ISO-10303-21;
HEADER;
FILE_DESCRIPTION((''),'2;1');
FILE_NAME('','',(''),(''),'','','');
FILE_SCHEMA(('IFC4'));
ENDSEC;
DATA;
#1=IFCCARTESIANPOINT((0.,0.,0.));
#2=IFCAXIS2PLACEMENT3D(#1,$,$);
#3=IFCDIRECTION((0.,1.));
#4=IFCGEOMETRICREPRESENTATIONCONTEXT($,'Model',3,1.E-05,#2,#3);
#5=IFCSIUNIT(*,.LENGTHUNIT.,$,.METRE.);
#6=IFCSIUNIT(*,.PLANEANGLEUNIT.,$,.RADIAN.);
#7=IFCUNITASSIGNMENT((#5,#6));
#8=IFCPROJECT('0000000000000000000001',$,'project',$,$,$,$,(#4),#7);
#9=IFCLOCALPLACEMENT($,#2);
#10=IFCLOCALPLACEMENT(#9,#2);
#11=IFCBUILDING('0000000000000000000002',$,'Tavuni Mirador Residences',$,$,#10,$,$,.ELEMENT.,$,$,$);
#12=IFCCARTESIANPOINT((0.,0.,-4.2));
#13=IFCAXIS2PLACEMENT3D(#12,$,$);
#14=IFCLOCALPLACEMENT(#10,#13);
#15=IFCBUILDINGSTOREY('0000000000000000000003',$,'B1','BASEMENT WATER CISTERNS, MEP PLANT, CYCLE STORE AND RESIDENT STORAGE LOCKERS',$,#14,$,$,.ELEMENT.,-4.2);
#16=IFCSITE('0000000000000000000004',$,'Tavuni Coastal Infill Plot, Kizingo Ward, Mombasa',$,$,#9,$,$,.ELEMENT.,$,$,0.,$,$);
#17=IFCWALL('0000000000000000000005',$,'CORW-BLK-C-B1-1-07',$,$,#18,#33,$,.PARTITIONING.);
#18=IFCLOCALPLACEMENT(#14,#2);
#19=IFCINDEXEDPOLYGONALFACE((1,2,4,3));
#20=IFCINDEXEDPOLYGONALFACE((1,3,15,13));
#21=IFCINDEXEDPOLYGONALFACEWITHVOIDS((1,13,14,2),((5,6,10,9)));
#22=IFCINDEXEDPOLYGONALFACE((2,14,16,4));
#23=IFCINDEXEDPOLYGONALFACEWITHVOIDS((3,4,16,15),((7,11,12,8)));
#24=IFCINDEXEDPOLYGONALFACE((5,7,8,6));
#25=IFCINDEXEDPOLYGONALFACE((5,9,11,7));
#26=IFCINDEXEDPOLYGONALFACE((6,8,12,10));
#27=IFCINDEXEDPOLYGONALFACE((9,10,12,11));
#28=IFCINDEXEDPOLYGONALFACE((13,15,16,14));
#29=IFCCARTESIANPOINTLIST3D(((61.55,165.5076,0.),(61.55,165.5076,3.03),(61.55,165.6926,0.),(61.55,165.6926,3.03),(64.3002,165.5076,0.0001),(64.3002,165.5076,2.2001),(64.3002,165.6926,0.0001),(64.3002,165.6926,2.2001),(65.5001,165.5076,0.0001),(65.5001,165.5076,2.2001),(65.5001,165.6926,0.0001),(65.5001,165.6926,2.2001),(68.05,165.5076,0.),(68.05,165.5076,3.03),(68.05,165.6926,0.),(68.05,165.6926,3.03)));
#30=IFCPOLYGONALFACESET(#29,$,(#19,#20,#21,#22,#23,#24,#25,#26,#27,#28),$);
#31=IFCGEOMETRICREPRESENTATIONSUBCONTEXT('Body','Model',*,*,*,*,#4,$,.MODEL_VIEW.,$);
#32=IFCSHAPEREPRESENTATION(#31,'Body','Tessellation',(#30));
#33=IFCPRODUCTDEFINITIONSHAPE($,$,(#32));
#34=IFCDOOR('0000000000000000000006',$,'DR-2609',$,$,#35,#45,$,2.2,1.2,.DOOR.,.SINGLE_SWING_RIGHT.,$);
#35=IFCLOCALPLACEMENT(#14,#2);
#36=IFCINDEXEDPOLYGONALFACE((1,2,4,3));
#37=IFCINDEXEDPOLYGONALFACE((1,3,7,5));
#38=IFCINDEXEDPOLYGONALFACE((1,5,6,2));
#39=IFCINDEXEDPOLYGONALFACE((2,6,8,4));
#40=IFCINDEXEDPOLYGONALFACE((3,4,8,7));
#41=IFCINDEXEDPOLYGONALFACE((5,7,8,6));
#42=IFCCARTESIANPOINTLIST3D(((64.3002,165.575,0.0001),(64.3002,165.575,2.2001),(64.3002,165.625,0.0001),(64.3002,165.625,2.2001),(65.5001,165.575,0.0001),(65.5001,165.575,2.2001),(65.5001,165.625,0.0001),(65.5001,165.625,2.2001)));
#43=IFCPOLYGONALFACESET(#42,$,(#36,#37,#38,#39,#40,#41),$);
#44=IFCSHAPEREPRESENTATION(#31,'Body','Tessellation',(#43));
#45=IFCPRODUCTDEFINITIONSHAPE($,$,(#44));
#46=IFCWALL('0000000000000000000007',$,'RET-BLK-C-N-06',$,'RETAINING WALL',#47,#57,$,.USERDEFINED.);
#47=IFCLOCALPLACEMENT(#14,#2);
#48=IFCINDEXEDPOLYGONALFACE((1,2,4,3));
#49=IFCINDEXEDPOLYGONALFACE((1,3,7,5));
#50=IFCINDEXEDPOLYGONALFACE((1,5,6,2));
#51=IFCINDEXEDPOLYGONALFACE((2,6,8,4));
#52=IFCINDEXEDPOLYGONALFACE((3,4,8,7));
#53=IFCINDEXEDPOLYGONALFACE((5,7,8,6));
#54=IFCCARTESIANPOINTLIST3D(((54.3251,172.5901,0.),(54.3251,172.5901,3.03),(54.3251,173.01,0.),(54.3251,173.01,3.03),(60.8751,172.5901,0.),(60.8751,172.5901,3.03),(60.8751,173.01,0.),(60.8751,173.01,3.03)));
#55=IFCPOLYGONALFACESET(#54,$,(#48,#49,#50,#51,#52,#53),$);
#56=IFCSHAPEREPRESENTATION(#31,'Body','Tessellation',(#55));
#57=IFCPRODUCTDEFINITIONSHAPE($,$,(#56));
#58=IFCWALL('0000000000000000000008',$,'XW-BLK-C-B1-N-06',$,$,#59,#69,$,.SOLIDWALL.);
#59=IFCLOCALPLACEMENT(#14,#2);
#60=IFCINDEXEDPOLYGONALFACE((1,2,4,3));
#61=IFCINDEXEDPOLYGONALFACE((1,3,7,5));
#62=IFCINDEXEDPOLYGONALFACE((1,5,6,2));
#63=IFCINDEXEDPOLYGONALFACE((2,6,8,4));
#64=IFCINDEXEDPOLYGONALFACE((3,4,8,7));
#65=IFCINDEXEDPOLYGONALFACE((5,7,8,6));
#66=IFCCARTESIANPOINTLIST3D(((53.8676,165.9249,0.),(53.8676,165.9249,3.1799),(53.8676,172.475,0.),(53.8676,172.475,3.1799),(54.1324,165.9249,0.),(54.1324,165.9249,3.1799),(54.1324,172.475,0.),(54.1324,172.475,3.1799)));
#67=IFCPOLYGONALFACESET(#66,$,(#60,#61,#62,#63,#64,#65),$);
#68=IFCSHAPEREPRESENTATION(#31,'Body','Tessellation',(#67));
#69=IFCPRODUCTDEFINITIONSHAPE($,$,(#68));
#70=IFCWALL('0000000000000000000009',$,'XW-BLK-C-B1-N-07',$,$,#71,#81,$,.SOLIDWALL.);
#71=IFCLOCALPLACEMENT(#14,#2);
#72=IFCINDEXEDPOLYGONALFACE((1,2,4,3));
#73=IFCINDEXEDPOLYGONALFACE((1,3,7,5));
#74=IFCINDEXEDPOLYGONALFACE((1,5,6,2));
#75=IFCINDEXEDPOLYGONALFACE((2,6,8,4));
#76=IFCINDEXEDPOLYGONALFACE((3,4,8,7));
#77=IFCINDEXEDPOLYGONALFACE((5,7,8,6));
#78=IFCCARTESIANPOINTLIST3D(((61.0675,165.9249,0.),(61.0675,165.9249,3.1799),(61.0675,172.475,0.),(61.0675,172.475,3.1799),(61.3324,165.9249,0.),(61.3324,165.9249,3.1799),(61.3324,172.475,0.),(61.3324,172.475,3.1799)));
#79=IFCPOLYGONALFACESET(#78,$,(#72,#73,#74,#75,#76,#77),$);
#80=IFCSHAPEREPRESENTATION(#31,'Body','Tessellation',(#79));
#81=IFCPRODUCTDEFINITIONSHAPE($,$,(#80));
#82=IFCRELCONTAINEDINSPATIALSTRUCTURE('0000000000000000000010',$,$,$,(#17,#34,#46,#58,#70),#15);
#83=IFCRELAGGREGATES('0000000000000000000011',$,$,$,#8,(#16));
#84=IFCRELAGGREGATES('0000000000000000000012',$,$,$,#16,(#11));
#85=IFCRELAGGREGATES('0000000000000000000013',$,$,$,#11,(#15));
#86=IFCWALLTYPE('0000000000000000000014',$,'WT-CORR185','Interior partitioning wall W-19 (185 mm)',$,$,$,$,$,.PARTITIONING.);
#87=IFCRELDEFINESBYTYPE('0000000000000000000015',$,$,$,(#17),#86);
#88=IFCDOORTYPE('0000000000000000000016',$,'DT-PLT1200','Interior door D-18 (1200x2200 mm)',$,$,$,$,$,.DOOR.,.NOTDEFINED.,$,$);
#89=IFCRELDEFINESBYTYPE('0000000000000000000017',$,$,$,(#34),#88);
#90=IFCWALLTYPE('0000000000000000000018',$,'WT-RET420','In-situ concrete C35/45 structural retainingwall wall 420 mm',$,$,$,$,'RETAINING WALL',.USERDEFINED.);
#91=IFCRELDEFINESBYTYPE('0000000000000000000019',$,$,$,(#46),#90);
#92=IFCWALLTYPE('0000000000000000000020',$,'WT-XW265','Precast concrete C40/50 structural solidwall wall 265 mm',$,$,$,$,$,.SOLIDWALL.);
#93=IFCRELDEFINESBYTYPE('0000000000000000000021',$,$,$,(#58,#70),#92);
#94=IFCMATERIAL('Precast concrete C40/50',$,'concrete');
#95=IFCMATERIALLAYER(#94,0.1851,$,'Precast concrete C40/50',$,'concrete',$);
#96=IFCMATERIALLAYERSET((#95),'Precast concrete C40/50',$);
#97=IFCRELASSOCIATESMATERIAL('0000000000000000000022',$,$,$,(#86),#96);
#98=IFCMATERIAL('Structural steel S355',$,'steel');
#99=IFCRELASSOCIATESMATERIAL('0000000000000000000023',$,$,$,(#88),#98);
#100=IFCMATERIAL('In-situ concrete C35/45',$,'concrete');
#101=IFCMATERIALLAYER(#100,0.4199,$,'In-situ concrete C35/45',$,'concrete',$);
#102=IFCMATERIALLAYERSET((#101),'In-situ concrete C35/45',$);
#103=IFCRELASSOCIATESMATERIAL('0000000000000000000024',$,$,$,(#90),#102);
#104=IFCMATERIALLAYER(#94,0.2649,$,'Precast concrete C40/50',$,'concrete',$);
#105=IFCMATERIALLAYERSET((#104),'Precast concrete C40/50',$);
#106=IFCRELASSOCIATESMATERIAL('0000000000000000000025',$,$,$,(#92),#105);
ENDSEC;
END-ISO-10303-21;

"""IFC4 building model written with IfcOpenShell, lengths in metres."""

from ifc_helpers import new_model, si_unit, direction, frame, frame_2d, origin, place, context, subcontext, project, spatial, rectangle, extrude, material, layer, layer_set, type_object, element, fill, save


model = new_model("IFC4")

# Units and contexts
model_context = context("Model", 3, precision=1e-05, world=origin(), true_north=direction((0.0, 1.0)))
body_context = subcontext(model_context, "Body", "Model", "MODEL_VIEW")
ifc_project = project(units=[si_unit("LENGTHUNIT", "METRE"), si_unit("PLANEANGLEUNIT", "RADIAN")], contexts=[model_context])

# Site, building, storey
site_placement = place(None, origin())
site = spatial("IfcSite", under=ifc_project, at=site_placement, Name="Tavuni Coastal Infill Plot, Kizingo Ward, Mombasa", CompositionType="ELEMENT", RefElevation=0.0)
building_placement = place(site_placement, origin())
building = spatial("IfcBuilding", under=site, at=building_placement, Name="Tavuni Mirador Residences", CompositionType="ELEMENT")
storey_placement = place(building_placement, frame((0.0, 0.0, -4.2)))
storey = spatial("IfcBuildingStorey", under=building, at=storey_placement, Name="B1", Description="BASEMENT WATER CISTERNS, MEP PLANT, CYCLE STORE AND RESIDENT STORAGE LOCKERS", CompositionType="ELEMENT", Elevation=-4.2)

# Shared definitions
ifc_material_1 = material(Name="In-situ concrete C35/45", Category="concrete")

# Shared definitions
ifc_material_2 = material(Name="Precast concrete C40/50", Category="concrete")

# Wall, opening, door
ifc_layer_1 = layer(ifc_material_2, 0.1851, Name="Precast concrete C40/50", Category="concrete")
ifc_layer_set_1 = layer_set([ifc_layer_1], Name="Precast concrete C40/50")
wall_type_1 = type_object("IfcWallType", Name="WT-CORR185", Description="Interior partitioning wall W-19 (185 mm)", PredefinedType="PARTITIONING", material=ifc_layer_set_1)
wall_1_placement = place(storey_placement, frame((61.55, 165.6001, 0.0), z_axis=(0.0, 0.0, 1.0), x_axis=(1.0, 0.0, 0.0)))
wall_1 = element("IfcWall", 1, at=wall_1_placement, inside=storey, type_object=wall_type_1, Name="CORW-BLK-C-B1-1-07", PredefinedType="PARTITIONING", context=body_context, shape_type="SweptSolid", body=[
    extrude(rectangle(XDim=6.5, YDim=0.1851, at=frame_2d((3.25, 0.0))), origin(), (0.0, 0.0, 1.0), 3.03),
])
opening_placement = place(wall_1_placement, frame((2.75, 0.0, 0.0)))
opening = element("IfcOpeningElement", 2, at=opening_placement, cuts=wall_1, PredefinedType="OPENING", context=body_context, shape_type="SweptSolid", body=[
    extrude(rectangle(XDim=1.2, YDim=2.2, at=frame_2d((0.6001, 1.1001))), frame((0.0, 0.1025, 0.0), z_axis=(0.0, -1.0, 0.0), x_axis=(1.0, 0.0, 0.0)), (0.0, 0.0, 1.0), 0.2051),
])
ifc_material_3 = material(Name="Structural steel S355", Category="steel")
door_type = type_object("IfcDoorType", Name="DT-PLT1200", Description="Interior door D-18 (1200x2200 mm)", OperationType="NOTDEFINED", PredefinedType="DOOR", material=ifc_material_3)
door_placement = place(opening_placement, origin())
door = element("IfcDoor", 3, at=door_placement, inside=storey, type_object=door_type, Name="DR-2609", OperationType="SINGLE_SWING_RIGHT", OverallHeight=2.2, OverallWidth=1.2, PredefinedType="DOOR", context=body_context, shape_type="SweptSolid", body=[
    extrude(rectangle(XDim=1.2, YDim=2.2, at=frame_2d((0.6001, 1.1001))), frame((0.0, 0.0249, 0.0), z_axis=(0.0, -1.0, 0.0), x_axis=(1.0, 0.0, 0.0)), (0.0, 0.0, 1.0), 0.05),
])
fill(opening, door)

# Walls
ifc_layer_2 = layer(ifc_material_1, 0.4199, Name="In-situ concrete C35/45", Category="concrete")
ifc_layer_set_2 = layer_set([ifc_layer_2], Name="In-situ concrete C35/45")
wall_type_2 = type_object("IfcWallType", Name="WT-RET420", Description="In-situ concrete C35/45 structural retainingwall wall 420 mm", ElementType="RETAINING WALL", PredefinedType="USERDEFINED", material=ifc_layer_set_2)
wall_2_placement = place(storey_placement, frame((60.875, 172.8, 0.0), z_axis=(0.0, 0.0, 1.0), x_axis=(-1.0, 0.0, 0.0)))
element("IfcWall", 4, at=wall_2_placement, inside=storey, type_object=wall_type_2, Name="RET-BLK-C-N-06", ObjectType="RETAINING WALL", PredefinedType="USERDEFINED", context=body_context, shape_type="SweptSolid", body=[
    extrude(rectangle(XDim=6.55, YDim=0.4199, at=frame_2d((3.2749, 0.0))), origin(), (0.0, 0.0, 1.0), 3.03),
])
ifc_layer_3 = layer(ifc_material_2, 0.2649, Name="Precast concrete C40/50", Category="concrete")
ifc_layer_set_3 = layer_set([ifc_layer_3], Name="Precast concrete C40/50")
wall_type_3 = type_object("IfcWallType", Name="WT-XW265", Description="Precast concrete C40/50 structural solidwall wall 265 mm", PredefinedType="SOLIDWALL", material=ifc_layer_set_3)
for number, where, z_axis, x_axis, name in (
    (5, (54.0, 165.925, 0.0), (0.0, 0.0, 1.0), (0.0, 1.0, 0.0), "XW-BLK-C-B1-N-06"),
    (6, (61.2, 165.925, 0.0), (0.0, 0.0, 1.0), (0.0, 1.0, 0.0), "XW-BLK-C-B1-N-07"),
):
    element("IfcWall", number, at=place(storey_placement, frame(where, z_axis=z_axis, x_axis=x_axis)), inside=storey, type_object=wall_type_3, Name=name, PredefinedType="SOLIDWALL", context=body_context, shape_type="SweptSolid", body=[
        extrude(rectangle(XDim=6.55, YDim=0.2649, at=frame_2d((3.2749, 0.0))), origin(), (0.0, 0.0, 1.0), 3.1799),
    ])

save(model, "model.ifc")
